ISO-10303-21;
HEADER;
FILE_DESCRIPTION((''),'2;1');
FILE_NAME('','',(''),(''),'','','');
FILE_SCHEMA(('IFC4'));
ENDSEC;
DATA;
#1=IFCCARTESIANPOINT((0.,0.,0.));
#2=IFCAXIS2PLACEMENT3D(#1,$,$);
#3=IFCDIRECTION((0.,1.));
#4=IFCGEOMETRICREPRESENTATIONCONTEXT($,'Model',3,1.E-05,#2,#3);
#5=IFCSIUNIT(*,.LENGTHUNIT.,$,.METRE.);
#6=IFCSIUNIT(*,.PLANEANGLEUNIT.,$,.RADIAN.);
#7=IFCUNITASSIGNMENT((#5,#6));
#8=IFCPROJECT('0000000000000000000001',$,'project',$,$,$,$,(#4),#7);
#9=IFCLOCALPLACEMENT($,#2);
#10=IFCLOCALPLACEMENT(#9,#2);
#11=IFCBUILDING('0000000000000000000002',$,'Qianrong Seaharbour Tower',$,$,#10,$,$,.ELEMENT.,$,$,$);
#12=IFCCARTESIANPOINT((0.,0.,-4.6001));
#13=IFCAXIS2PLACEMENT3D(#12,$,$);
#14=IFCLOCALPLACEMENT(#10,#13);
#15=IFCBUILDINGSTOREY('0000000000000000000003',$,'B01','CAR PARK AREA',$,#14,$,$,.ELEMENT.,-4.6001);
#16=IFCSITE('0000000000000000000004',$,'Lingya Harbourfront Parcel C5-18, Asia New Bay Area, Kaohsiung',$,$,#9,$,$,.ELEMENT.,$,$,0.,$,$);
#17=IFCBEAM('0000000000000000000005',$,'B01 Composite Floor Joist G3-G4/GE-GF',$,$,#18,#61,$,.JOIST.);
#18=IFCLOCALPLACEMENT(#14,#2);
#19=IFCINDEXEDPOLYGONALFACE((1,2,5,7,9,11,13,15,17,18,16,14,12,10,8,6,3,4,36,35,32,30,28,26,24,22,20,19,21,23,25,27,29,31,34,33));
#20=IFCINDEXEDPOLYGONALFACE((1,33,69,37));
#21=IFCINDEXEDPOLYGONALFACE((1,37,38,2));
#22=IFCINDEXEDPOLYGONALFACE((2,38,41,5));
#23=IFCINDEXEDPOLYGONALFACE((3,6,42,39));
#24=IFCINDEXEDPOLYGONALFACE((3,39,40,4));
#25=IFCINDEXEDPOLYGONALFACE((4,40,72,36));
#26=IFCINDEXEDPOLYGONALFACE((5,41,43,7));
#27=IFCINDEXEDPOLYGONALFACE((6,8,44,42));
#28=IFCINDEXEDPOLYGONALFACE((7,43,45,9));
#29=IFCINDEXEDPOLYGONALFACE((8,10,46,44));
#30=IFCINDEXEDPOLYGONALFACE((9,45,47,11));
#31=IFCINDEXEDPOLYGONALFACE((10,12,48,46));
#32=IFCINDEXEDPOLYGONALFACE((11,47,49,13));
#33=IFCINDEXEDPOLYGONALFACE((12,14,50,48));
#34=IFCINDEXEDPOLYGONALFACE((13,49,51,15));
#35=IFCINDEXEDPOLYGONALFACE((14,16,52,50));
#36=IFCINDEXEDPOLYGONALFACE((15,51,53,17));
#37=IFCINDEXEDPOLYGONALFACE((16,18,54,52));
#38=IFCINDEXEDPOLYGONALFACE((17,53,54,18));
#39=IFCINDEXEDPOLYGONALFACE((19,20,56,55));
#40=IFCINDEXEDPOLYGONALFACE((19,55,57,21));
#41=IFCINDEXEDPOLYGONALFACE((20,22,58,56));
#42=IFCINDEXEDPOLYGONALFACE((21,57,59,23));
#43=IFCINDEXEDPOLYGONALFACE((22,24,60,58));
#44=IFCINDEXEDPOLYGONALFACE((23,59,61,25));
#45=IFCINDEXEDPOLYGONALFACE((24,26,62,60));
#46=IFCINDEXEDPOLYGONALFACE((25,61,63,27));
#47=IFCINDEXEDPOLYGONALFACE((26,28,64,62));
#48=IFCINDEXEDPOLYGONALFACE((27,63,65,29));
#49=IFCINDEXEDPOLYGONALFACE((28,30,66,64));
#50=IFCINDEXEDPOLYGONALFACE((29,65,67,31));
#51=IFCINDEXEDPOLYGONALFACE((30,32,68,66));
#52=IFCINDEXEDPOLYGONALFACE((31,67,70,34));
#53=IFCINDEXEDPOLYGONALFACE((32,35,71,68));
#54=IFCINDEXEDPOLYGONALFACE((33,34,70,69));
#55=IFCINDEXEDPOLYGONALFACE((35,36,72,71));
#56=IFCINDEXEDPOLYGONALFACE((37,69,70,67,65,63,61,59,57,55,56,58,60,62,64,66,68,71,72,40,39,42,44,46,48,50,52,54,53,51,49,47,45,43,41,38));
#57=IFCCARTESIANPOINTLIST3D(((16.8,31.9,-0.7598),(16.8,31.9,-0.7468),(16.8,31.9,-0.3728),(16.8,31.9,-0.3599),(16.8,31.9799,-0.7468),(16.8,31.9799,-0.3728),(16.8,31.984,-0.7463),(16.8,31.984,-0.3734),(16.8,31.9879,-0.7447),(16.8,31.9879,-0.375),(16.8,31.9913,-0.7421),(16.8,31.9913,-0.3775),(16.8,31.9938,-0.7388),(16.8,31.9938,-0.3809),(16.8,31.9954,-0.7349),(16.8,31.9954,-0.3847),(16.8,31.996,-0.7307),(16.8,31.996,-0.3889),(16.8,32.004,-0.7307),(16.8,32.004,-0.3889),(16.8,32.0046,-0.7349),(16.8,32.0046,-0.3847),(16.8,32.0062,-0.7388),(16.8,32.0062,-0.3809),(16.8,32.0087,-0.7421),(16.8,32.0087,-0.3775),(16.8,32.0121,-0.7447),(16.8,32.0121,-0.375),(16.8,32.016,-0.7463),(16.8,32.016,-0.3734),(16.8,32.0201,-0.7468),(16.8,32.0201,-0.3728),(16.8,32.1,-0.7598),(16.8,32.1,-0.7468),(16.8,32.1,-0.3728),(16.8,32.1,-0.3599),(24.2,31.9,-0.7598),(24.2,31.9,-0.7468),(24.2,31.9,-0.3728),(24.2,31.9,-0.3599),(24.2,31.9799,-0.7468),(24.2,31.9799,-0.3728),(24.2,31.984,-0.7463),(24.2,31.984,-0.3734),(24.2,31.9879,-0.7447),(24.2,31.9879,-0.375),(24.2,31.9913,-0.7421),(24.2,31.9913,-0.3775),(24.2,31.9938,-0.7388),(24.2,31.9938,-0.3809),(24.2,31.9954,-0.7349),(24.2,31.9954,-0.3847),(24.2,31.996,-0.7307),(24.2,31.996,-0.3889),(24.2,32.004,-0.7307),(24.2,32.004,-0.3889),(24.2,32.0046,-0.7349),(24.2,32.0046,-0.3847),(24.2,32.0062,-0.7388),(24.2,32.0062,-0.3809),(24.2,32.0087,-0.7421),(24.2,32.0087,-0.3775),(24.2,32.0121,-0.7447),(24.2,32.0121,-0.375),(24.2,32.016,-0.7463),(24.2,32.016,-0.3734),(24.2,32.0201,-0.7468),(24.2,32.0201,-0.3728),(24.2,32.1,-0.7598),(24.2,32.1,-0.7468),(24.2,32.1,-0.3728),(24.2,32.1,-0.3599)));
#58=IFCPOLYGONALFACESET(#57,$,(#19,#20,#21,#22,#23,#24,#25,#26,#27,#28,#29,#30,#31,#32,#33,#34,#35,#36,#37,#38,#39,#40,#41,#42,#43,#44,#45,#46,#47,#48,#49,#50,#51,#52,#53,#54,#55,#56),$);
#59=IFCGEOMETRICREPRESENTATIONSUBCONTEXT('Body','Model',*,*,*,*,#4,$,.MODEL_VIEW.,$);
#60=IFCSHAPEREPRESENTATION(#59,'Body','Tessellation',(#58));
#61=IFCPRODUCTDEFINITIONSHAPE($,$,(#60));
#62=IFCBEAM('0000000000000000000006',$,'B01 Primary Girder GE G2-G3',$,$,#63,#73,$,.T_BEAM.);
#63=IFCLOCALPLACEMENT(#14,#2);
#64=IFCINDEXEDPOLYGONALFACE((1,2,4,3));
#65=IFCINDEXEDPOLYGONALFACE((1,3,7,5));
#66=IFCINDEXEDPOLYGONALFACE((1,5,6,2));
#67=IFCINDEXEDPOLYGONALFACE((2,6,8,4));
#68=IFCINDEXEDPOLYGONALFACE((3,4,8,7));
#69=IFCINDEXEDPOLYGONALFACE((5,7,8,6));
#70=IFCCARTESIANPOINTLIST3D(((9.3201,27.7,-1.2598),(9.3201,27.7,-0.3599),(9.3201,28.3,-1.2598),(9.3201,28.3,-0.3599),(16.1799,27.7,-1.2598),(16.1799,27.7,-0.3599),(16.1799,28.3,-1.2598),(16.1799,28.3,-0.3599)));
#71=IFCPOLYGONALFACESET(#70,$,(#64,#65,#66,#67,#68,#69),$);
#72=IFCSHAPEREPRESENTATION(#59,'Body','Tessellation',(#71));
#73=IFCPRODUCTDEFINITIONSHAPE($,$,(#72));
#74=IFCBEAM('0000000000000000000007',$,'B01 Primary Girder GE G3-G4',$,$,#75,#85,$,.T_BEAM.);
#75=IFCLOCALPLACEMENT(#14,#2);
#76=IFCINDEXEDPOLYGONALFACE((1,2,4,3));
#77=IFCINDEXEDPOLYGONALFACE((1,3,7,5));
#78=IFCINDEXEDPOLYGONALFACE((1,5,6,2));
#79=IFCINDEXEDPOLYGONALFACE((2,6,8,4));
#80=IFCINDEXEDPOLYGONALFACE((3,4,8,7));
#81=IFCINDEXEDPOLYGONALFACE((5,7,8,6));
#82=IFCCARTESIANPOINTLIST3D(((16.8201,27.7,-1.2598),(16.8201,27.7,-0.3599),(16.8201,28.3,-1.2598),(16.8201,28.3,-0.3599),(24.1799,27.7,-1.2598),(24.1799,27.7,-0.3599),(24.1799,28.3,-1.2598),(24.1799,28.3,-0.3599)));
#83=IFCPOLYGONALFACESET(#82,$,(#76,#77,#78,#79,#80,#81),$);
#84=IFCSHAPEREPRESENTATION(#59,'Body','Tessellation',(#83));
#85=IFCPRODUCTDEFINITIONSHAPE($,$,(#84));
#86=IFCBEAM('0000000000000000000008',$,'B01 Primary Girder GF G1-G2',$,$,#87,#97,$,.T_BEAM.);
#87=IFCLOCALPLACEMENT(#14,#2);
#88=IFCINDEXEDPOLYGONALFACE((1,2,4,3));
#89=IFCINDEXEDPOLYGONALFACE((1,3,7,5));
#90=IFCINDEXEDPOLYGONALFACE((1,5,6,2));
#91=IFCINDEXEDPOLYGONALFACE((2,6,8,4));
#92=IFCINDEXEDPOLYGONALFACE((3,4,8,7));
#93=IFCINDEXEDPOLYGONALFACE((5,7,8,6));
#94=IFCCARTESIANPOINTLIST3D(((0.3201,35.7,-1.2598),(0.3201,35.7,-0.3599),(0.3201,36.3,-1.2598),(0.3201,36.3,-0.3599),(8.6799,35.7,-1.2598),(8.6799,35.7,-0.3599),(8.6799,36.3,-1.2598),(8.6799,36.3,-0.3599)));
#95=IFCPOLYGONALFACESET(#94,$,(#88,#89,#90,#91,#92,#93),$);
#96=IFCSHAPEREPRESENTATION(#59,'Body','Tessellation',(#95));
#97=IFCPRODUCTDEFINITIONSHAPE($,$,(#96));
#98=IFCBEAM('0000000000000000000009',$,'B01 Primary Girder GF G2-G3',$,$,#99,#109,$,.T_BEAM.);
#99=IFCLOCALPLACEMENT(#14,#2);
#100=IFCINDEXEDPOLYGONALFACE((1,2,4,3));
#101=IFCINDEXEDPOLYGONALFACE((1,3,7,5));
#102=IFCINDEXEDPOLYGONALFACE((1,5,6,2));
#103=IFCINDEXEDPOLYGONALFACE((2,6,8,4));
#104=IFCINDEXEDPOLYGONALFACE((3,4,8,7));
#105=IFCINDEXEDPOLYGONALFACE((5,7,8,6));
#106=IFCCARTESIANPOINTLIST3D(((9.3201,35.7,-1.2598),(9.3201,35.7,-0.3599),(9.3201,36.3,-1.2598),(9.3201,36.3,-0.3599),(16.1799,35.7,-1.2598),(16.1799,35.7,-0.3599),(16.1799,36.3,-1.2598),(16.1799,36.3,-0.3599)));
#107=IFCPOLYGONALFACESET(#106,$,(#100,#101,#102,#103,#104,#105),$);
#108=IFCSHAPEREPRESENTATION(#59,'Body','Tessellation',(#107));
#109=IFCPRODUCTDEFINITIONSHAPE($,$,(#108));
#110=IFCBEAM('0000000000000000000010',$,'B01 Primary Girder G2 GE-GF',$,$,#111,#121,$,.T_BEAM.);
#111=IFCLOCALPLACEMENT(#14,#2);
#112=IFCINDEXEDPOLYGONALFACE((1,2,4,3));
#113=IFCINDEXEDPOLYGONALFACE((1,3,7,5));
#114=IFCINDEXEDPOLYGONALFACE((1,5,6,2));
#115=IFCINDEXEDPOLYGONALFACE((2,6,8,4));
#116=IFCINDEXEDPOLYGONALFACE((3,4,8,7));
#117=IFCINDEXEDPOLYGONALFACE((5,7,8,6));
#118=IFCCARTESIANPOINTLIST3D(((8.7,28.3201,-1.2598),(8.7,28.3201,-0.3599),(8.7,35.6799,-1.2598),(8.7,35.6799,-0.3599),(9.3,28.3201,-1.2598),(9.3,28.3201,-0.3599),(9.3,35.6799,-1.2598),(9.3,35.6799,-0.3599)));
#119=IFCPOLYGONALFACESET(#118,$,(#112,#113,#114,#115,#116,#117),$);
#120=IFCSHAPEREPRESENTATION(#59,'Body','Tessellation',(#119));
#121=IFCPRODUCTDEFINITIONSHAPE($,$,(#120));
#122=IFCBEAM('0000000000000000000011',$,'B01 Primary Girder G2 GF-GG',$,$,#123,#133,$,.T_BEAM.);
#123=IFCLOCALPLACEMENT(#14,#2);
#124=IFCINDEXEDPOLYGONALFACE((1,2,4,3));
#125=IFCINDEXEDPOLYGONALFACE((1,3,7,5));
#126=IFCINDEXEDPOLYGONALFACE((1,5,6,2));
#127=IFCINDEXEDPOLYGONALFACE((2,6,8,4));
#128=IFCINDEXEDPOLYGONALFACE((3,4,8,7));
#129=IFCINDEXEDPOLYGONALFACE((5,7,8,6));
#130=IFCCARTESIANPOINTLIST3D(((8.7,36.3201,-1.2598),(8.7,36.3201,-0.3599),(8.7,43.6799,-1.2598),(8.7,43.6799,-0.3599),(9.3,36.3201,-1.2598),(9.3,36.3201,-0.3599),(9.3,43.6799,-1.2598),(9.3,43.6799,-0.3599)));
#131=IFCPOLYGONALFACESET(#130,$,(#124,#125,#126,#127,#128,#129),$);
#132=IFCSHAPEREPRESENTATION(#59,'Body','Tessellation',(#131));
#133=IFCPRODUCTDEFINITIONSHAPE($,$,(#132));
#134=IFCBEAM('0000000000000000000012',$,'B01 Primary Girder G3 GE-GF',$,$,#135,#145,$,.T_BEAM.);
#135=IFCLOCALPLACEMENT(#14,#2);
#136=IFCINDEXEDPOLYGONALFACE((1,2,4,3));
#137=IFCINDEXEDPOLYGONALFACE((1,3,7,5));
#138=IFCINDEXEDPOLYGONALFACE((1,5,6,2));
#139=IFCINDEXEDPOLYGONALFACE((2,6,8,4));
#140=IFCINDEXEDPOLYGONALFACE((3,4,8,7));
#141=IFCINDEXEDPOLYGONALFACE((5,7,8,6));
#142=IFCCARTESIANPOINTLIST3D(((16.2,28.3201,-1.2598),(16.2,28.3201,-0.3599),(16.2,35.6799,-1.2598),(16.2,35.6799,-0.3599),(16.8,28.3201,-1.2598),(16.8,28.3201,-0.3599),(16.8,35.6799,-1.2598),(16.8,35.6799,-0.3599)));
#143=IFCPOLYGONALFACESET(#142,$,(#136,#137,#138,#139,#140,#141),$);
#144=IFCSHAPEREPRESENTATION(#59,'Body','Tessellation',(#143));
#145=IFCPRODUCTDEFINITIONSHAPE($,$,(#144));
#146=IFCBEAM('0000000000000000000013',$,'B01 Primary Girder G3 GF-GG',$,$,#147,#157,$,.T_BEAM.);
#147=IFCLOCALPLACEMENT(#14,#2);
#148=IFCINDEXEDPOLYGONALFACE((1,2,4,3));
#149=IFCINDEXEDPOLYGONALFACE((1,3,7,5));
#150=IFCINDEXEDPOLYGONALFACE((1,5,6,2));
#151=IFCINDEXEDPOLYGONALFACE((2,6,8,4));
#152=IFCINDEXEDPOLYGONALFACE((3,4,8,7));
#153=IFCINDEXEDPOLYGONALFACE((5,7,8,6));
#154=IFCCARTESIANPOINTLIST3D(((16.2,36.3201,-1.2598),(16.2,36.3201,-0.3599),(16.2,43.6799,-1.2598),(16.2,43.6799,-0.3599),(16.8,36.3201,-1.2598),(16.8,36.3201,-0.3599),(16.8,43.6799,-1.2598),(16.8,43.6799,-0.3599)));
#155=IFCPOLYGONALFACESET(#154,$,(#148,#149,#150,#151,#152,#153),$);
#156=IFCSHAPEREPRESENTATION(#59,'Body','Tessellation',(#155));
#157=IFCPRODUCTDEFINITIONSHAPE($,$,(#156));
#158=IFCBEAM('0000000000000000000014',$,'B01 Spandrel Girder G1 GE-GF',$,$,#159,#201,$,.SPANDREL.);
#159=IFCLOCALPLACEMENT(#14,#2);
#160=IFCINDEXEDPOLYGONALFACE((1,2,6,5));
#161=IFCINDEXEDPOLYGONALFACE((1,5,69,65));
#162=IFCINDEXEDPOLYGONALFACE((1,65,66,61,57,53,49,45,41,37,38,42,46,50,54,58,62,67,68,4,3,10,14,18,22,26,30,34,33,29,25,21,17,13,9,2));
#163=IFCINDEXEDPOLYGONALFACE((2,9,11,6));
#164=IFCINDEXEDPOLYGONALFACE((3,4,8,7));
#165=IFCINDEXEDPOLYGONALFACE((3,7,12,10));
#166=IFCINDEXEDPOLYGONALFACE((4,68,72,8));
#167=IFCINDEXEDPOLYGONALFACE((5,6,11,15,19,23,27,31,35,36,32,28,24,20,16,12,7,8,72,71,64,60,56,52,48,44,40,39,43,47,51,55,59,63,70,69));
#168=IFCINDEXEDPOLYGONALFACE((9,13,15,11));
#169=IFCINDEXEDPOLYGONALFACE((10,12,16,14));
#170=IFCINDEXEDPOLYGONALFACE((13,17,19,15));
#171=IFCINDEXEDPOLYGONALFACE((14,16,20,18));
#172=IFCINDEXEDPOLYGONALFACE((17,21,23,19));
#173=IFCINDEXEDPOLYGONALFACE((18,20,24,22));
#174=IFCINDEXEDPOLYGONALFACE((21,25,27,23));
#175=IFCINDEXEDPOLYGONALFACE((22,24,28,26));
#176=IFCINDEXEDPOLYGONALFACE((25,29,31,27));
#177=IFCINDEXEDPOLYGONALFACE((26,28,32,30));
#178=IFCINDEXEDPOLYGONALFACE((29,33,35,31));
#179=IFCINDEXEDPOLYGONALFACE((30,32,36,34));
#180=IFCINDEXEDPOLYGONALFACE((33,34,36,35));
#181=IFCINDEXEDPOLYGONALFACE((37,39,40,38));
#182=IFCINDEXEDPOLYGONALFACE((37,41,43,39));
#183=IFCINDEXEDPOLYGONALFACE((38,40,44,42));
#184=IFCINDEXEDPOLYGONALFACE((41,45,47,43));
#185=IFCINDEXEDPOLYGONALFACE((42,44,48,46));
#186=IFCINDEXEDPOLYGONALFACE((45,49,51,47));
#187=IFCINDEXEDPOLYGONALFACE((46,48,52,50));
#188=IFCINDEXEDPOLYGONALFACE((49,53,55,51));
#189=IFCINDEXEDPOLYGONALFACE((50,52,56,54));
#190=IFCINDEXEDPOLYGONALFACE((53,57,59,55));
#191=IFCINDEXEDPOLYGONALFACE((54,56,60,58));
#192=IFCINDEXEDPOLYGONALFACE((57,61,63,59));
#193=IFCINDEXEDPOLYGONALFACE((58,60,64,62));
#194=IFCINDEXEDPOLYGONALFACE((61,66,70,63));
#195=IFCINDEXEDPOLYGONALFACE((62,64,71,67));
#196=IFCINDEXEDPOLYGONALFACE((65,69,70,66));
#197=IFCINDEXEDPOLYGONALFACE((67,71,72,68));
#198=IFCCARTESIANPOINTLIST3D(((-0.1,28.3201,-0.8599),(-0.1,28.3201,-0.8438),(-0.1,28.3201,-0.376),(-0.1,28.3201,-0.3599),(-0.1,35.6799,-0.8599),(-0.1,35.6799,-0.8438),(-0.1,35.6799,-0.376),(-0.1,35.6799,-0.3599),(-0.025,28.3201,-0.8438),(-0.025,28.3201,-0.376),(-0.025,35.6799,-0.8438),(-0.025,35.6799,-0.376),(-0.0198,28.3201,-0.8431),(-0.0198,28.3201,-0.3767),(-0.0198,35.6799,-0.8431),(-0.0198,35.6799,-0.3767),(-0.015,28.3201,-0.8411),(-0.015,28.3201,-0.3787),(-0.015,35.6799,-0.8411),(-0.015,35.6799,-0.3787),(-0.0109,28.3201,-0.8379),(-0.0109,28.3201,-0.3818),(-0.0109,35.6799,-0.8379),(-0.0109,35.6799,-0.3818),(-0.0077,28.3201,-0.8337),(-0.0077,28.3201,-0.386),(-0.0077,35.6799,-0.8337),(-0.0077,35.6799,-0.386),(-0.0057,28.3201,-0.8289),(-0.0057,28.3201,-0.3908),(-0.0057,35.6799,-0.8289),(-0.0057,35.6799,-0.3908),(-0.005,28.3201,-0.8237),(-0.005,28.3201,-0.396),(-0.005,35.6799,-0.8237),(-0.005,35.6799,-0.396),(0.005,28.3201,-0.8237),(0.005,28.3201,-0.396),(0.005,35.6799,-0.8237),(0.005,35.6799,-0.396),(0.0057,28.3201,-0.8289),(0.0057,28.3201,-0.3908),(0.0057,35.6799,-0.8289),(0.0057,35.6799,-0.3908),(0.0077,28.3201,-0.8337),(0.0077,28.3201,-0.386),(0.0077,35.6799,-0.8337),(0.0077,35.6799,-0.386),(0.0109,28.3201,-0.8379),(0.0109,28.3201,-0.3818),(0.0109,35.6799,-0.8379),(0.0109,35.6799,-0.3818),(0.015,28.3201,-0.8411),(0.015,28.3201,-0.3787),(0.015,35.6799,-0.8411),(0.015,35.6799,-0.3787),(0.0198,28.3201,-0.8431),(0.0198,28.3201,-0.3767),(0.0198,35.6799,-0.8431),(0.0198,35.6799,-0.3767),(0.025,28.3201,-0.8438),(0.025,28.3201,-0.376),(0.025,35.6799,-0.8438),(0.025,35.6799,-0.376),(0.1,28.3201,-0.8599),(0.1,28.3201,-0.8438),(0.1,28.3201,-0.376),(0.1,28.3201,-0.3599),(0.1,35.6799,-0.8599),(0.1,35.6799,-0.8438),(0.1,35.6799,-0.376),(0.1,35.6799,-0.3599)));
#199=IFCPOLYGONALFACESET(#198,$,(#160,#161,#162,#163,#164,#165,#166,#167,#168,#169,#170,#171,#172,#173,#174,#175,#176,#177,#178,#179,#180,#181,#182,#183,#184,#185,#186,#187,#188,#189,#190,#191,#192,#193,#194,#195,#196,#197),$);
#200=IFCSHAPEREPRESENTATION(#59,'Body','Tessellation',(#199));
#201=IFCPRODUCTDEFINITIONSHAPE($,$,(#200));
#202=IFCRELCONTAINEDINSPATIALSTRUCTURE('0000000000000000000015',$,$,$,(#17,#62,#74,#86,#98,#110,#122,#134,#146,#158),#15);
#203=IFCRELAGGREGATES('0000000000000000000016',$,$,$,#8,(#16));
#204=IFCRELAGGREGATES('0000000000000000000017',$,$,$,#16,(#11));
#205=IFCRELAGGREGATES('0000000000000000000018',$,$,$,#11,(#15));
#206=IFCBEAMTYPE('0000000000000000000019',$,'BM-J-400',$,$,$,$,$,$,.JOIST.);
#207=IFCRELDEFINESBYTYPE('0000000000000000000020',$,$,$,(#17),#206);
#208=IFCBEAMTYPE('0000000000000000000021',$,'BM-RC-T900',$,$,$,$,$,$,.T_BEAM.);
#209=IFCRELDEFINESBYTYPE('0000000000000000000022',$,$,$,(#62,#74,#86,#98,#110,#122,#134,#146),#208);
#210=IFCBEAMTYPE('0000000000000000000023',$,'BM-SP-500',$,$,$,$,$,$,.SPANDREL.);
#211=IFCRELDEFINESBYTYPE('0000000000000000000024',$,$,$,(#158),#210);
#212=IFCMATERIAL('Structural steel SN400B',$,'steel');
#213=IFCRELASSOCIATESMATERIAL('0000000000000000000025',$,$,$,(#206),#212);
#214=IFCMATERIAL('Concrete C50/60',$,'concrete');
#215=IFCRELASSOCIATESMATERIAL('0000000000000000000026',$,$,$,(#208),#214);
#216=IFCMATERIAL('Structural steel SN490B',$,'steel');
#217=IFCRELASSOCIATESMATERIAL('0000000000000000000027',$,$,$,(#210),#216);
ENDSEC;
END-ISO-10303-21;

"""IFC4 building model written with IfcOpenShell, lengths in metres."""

from ifc_helpers import new_model, si_unit, direction, frame, origin, origin_2d, place, context, subcontext, project, spatial, rectangle, i_section, extrude, material, material_profile, profile_set, type_object, element, save


model = new_model("IFC4")

# Units and contexts
model_context = context("Model", 3, precision=1e-05, world=origin(), true_north=direction((0.0, 1.0)))
body_context = subcontext(model_context, "Body", "Model", "MODEL_VIEW")
ifc_project = project(units=[si_unit("LENGTHUNIT", "METRE"), si_unit("PLANEANGLEUNIT", "RADIAN")], contexts=[model_context])

# Site, building, storey
site_placement = place(None, origin())
site = spatial("IfcSite", under=ifc_project, at=site_placement, Name="Lingya Harbourfront Parcel C5-18, Asia New Bay Area, Kaohsiung", CompositionType="ELEMENT", RefElevation=0.0)
building_placement = place(site_placement, origin())
building = spatial("IfcBuilding", under=site, at=building_placement, Name="Qianrong Seaharbour Tower", CompositionType="ELEMENT")
storey_placement = place(building_placement, frame((0.0, 0.0, -4.6001)))
storey = spatial("IfcBuildingStorey", under=building, at=storey_placement, Name="B01", Description="CAR PARK AREA", CompositionType="ELEMENT", Elevation=-4.6001)

# Shared definitions
ifc_material_1 = material(Name="Structural steel SN490B", Category="steel")

# Beams
ifc_material_2 = material(Name="Structural steel SN400B", Category="steel")
ifc_material_profile_1 = material_profile(ifc_material_2, i_section(OverallWidth=0.2, OverallDepth=0.3999, WebThickness=0.0081, FlangeThickness=0.0129, FilletRadius=0.0161, at=origin_2d()), Name="H400x200x8x13")
ifc_profile_set_1 = profile_set([ifc_material_profile_1], Name="Structural steel SN400B")
beam_type_1 = type_object("IfcBeamType", Name="BM-J-400", PredefinedType="JOIST", material=ifc_profile_set_1)
beam_1_placement = place(storey_placement, frame((16.8, 32.0, -0.5598), z_axis=(1.0, 0.0, 0.0), x_axis=(0.0, 1.0, 0.0)))
element("IfcBeam", 1, at=beam_1_placement, inside=storey, type_object=beam_type_1, Name="B01 Composite Floor Joist G3-G4/GE-GF", PredefinedType="JOIST", context=body_context, shape_type="SweptSolid", body=[
    extrude(i_section(OverallWidth=0.2, OverallDepth=0.3999, WebThickness=0.0081, FlangeThickness=0.0129, FilletRadius=0.0161, at=origin_2d()), origin(), (0.0, 0.0, 1.0), 7.3999),
])
ifc_material_3 = material(Name="Concrete C50/60", Category="concrete")
ifc_material_profile_2 = material_profile(ifc_material_3, rectangle(XDim=0.6001, YDim=0.8999, at=origin_2d()), Name="RC600x900")
ifc_profile_set_2 = profile_set([ifc_material_profile_2], Name="Concrete C50/60")
beam_type_2 = type_object("IfcBeamType", Name="BM-RC-T900", PredefinedType="T_BEAM", material=ifc_profile_set_2)
beam_2_placement = place(storey_placement, frame((9.3201, 28.0, -0.8098), z_axis=(1.0, 0.0, 0.0), x_axis=(0.0, 1.0, 0.0)))
element("IfcBeam", 2, at=beam_2_placement, inside=storey, type_object=beam_type_2, Name="B01 Primary Girder GE G2-G3", PredefinedType="T_BEAM", context=body_context, shape_type="SweptSolid", body=[
    extrude(rectangle(XDim=0.6001, YDim=0.8999, at=origin_2d()), origin(), (0.0, 0.0, 1.0), 6.8599),
])
beam_3_placement = place(storey_placement, frame((16.8201, 28.0, -0.8098), z_axis=(1.0, 0.0, 0.0), x_axis=(0.0, 1.0, 0.0)))
element("IfcBeam", 3, at=beam_3_placement, inside=storey, type_object=beam_type_2, Name="B01 Primary Girder GE G3-G4", PredefinedType="T_BEAM", context=body_context, shape_type="SweptSolid", body=[
    extrude(rectangle(XDim=0.6001, YDim=0.8999, at=origin_2d()), origin(), (0.0, 0.0, 1.0), 7.3599),
])
beam_4_placement = place(storey_placement, frame((0.3201, 36.0, -0.8098), z_axis=(1.0, 0.0, 0.0), x_axis=(0.0, 1.0, 0.0)))
element("IfcBeam", 4, at=beam_4_placement, inside=storey, type_object=beam_type_2, Name="B01 Primary Girder GF G1-G2", PredefinedType="T_BEAM", context=body_context, shape_type="SweptSolid", body=[
    extrude(rectangle(XDim=0.6001, YDim=0.8999, at=origin_2d()), origin(), (0.0, 0.0, 1.0), 8.3599),
])
beam_5_placement = place(storey_placement, frame((9.3201, 36.0, -0.8098), z_axis=(1.0, 0.0, 0.0), x_axis=(0.0, 1.0, 0.0)))
element("IfcBeam", 5, at=beam_5_placement, inside=storey, type_object=beam_type_2, Name="B01 Primary Girder GF G2-G3", PredefinedType="T_BEAM", context=body_context, shape_type="SweptSolid", body=[
    extrude(rectangle(XDim=0.6001, YDim=0.8999, at=origin_2d()), origin(), (0.0, 0.0, 1.0), 6.8599),
])
for number, where, z_axis, x_axis, name in (
    (6, (9.0, 28.3201, -0.8098), (0.0, 1.0, 0.0), (-1.0, 0.0, 0.0), "B01 Primary Girder G2 GE-GF"),
    (7, (9.0, 36.3201, -0.8098), (0.0, 1.0, 0.0), (-1.0, 0.0, 0.0), "B01 Primary Girder G2 GF-GG"),
    (8, (16.5, 28.3201, -0.8098), (0.0, 1.0, 0.0), (-1.0, 0.0, 0.0), "B01 Primary Girder G3 GE-GF"),
    (9, (16.5, 36.3201, -0.8098), (0.0, 1.0, 0.0), (-1.0, 0.0, 0.0), "B01 Primary Girder G3 GF-GG"),
):
    element("IfcBeam", number, at=place(storey_placement, frame(where, z_axis=z_axis, x_axis=x_axis)), inside=storey, type_object=beam_type_2, Name=name, PredefinedType="T_BEAM", context=body_context, shape_type="SweptSolid", body=[
        extrude(rectangle(XDim=0.6001, YDim=0.8999, at=origin_2d()), origin(), (0.0, 0.0, 1.0), 7.3599),
    ])
ifc_material_profile_3 = material_profile(ifc_material_1, i_section(OverallWidth=0.2, OverallDepth=0.5, WebThickness=0.01, FlangeThickness=0.0161, FilletRadius=0.02, at=origin_2d()), Name="H500x200x10x16")
ifc_profile_set_3 = profile_set([ifc_material_profile_3], Name="Structural steel SN490B")
beam_type_3 = type_object("IfcBeamType", Name="BM-SP-500", PredefinedType="SPANDREL", material=ifc_profile_set_3)
for number, where, z_axis, x_axis, name in (
    (10, (0.0, 28.3201, -0.6099), (0.0, 1.0, 0.0), (-1.0, 0.0, 0.0), "B01 Spandrel Girder G1 GE-GF"),
):
    element("IfcBeam", number, at=place(storey_placement, frame(where, z_axis=z_axis, x_axis=x_axis)), inside=storey, type_object=beam_type_3, Name=name, PredefinedType="SPANDREL", context=body_context, shape_type="SweptSolid", body=[
        extrude(i_section(OverallWidth=0.2, OverallDepth=0.5, WebThickness=0.01, FlangeThickness=0.0161, FilletRadius=0.02, at=origin_2d()), origin(), (0.0, 0.0, 1.0), 7.3599),
    ])

save(model, "model.ifc")
